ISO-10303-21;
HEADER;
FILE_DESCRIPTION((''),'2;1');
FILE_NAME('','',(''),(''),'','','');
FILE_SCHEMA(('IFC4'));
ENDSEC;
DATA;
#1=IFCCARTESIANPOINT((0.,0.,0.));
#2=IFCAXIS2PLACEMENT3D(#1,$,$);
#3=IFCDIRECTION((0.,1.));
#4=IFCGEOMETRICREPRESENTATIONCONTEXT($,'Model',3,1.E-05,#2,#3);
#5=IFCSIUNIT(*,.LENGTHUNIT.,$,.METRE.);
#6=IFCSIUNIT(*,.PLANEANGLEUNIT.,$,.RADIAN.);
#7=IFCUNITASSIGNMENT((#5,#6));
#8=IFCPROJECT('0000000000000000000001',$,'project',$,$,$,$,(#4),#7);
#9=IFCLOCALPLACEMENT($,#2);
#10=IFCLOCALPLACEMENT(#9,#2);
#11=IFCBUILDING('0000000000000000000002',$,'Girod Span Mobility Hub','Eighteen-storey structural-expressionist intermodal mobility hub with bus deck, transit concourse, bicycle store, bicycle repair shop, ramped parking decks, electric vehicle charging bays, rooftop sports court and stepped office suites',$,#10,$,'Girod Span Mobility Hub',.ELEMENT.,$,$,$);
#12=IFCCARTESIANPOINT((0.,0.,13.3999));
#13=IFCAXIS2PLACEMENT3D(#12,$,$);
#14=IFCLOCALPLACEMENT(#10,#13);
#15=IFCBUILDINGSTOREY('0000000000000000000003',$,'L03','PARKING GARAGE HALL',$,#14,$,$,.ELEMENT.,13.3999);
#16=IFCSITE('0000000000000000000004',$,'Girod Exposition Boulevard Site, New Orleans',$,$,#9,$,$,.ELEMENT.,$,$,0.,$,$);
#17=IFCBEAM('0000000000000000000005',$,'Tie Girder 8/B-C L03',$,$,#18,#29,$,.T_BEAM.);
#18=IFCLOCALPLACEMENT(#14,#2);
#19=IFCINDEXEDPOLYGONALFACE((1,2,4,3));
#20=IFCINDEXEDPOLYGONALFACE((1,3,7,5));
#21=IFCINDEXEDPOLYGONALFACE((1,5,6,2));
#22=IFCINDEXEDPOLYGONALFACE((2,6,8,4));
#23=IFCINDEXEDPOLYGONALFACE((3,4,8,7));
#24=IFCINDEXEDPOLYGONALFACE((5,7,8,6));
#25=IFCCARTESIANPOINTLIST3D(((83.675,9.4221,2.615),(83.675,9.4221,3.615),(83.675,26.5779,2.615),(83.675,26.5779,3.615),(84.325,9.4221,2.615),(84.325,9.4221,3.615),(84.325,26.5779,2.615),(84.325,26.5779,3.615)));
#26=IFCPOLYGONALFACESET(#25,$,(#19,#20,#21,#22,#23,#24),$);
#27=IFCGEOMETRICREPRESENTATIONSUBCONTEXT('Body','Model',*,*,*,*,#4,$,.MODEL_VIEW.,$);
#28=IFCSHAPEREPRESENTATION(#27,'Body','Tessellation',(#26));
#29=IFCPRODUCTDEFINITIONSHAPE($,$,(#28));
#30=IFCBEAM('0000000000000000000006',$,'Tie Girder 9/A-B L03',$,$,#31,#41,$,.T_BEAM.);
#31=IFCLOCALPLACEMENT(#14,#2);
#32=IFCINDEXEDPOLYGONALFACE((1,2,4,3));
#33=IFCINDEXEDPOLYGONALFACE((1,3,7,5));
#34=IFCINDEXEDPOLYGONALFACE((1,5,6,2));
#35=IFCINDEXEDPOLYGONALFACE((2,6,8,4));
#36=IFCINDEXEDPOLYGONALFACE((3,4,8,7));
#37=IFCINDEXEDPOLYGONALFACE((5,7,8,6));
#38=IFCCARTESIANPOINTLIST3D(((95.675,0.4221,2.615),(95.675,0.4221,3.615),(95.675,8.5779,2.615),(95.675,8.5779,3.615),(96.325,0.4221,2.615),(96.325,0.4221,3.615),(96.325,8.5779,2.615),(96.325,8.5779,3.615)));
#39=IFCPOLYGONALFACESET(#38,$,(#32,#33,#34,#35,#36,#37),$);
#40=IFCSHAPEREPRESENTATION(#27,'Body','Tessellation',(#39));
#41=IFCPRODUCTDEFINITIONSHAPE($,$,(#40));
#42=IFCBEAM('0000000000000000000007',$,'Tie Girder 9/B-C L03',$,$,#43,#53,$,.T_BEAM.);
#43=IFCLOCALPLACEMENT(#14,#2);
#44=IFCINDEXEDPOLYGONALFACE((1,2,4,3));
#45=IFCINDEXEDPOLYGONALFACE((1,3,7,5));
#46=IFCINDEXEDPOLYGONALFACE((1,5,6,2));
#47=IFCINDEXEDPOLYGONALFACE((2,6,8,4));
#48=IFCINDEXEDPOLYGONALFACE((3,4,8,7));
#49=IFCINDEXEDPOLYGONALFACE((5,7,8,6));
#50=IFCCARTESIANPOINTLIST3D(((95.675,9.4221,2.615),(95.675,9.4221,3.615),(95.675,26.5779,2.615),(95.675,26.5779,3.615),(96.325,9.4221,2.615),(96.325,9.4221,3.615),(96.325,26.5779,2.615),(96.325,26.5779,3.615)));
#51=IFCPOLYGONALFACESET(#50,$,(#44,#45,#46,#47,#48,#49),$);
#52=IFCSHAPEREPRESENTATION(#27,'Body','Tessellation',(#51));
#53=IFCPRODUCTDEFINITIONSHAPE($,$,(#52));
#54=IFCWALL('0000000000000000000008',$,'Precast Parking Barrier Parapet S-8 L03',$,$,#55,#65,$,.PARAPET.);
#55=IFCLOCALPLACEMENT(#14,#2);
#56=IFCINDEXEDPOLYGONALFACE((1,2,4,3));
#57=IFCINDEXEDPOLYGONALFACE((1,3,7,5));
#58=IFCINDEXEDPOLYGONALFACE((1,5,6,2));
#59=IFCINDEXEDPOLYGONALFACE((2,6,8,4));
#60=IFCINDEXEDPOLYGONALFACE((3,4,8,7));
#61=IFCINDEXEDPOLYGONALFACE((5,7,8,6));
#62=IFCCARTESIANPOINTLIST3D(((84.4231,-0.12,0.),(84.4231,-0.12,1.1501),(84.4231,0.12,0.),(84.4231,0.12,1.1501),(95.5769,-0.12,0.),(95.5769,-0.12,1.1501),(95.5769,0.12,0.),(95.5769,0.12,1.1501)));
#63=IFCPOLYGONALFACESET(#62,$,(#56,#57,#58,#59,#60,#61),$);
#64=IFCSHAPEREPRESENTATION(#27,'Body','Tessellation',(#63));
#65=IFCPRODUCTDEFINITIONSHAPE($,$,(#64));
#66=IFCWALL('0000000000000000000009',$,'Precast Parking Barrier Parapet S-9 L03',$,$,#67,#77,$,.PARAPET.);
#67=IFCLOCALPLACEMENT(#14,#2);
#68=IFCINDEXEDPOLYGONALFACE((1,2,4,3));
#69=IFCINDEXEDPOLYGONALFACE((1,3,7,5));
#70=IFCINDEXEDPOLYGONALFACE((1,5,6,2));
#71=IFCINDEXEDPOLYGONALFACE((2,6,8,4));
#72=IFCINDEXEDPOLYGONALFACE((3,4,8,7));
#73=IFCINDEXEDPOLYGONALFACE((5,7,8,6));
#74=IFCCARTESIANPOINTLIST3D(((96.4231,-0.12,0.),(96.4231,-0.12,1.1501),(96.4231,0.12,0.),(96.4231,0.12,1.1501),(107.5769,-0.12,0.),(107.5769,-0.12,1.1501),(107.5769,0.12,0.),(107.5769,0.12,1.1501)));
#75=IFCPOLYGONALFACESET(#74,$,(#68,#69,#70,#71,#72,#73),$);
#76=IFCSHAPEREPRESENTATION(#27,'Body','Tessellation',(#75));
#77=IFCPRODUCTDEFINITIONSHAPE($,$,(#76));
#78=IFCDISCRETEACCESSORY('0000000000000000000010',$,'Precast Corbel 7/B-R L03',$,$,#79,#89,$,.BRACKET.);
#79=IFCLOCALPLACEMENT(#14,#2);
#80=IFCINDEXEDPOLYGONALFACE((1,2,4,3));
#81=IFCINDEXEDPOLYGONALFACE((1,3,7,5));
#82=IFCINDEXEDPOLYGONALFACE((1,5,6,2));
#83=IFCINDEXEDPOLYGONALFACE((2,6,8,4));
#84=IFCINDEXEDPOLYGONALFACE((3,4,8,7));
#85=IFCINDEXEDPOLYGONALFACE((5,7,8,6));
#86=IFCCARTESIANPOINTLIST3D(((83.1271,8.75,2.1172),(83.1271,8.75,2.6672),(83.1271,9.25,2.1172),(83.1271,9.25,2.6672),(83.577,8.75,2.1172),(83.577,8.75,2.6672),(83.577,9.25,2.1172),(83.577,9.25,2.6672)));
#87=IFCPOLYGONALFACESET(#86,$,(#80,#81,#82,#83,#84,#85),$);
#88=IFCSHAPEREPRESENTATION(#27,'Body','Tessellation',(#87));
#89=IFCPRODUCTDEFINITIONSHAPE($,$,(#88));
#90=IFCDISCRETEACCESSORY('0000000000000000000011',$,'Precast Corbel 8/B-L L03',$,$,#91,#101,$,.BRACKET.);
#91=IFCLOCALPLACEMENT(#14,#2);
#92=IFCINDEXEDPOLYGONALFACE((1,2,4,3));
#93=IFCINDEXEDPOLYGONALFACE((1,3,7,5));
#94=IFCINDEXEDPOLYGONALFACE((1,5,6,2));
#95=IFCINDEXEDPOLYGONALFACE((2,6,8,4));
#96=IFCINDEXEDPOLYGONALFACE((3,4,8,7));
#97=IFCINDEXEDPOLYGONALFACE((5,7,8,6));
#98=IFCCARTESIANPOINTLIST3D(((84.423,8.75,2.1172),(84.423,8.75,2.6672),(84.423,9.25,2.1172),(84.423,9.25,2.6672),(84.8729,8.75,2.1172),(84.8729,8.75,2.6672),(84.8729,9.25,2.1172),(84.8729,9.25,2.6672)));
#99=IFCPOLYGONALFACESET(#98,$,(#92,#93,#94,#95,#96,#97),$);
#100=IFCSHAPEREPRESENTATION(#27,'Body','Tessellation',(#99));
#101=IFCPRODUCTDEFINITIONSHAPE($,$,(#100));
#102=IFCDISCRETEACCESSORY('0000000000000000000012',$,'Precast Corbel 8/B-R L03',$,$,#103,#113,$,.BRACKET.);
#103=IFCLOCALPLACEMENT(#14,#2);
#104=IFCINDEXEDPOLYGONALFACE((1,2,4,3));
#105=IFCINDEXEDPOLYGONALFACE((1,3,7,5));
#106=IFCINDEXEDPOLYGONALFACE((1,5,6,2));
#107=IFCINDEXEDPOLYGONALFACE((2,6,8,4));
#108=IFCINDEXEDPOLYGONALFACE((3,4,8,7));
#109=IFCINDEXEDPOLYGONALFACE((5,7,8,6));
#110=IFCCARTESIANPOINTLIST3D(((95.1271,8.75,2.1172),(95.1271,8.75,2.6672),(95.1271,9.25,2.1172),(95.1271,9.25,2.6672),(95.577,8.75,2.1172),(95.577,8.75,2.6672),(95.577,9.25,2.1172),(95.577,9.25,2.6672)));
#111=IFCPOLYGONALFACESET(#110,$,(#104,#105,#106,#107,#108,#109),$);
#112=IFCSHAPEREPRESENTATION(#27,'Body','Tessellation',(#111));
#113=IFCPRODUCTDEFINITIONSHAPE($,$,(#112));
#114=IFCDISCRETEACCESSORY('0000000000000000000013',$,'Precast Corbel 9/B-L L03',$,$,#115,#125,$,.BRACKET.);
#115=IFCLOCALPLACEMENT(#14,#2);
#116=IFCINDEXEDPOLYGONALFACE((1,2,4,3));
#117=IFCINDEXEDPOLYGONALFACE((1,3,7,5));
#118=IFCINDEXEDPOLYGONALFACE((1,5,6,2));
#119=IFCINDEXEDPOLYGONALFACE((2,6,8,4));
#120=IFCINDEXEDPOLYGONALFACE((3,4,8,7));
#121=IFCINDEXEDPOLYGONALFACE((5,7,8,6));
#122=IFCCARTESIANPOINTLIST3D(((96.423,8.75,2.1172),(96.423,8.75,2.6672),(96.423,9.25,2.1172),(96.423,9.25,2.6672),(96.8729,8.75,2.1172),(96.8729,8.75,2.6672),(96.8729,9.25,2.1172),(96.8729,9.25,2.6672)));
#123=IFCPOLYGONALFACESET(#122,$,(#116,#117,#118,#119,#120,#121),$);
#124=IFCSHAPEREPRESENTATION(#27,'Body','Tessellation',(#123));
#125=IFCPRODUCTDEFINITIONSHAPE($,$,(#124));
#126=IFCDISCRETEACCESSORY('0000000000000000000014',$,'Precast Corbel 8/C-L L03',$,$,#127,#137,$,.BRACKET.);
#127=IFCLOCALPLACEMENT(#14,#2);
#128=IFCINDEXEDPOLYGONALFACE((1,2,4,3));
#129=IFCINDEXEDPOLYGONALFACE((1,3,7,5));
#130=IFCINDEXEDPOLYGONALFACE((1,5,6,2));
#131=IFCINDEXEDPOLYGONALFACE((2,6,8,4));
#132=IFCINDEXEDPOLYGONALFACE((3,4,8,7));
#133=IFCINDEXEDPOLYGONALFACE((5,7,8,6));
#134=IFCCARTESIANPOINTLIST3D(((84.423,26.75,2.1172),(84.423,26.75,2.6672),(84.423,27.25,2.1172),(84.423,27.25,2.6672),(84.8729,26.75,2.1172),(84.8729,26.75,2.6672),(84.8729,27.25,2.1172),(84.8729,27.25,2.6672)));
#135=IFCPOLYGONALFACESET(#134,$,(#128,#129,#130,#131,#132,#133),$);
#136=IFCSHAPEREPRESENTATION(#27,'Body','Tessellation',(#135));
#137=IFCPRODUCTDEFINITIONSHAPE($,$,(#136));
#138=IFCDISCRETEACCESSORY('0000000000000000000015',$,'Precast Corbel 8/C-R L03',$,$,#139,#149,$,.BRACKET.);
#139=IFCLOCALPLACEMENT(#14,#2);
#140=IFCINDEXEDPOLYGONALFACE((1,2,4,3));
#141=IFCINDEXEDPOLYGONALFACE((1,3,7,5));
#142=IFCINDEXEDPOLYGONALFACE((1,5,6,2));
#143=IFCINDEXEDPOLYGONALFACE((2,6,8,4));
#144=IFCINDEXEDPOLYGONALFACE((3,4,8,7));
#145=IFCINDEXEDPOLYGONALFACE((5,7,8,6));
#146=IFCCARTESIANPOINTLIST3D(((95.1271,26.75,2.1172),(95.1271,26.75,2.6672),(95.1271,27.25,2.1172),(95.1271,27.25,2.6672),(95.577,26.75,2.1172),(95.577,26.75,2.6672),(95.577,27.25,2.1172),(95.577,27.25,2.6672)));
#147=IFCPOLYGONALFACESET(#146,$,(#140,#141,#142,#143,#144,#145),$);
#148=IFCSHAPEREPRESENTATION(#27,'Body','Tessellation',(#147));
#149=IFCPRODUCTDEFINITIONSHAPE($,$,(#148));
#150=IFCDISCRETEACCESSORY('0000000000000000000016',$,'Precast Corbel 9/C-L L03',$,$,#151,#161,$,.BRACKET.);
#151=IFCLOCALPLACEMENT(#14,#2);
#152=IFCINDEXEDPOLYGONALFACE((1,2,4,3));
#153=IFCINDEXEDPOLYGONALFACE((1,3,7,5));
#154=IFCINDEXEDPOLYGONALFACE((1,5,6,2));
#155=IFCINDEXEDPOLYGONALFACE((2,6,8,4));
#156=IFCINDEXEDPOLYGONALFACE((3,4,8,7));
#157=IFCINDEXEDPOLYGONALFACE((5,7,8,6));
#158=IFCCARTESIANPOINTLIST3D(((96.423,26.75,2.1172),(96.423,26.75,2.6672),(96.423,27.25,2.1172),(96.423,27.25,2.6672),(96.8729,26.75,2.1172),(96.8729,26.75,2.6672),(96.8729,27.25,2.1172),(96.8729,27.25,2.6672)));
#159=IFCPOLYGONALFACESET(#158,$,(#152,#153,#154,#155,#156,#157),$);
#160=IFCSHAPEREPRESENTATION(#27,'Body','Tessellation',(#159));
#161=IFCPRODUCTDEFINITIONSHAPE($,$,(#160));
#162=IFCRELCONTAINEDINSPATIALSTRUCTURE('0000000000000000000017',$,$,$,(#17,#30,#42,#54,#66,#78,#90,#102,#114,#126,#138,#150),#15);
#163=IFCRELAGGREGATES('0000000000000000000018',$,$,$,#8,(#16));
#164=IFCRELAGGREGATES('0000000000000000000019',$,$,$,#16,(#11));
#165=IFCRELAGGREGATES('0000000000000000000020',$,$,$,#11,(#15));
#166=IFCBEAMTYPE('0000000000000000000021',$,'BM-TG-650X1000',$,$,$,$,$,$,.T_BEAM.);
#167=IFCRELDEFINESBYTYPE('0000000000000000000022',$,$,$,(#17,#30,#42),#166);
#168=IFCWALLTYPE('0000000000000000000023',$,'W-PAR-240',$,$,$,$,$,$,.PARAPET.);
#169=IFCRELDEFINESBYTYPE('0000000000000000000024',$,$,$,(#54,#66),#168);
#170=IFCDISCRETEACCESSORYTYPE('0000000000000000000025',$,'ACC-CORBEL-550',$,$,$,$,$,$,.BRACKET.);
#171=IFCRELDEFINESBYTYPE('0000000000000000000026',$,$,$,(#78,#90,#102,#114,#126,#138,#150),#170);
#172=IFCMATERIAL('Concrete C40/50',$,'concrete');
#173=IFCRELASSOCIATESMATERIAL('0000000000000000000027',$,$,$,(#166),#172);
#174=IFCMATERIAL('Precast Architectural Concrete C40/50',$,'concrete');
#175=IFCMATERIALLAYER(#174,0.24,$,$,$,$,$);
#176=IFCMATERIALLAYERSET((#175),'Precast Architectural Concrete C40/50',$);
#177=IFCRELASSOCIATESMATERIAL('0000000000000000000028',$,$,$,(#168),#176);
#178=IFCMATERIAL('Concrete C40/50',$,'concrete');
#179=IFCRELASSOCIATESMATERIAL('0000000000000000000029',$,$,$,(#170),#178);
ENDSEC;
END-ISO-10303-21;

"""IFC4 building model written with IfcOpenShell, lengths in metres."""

from ifc_helpers import new_model, si_unit, direction, frame, frame_2d, origin, origin_2d, place, context, subcontext, project, spatial, rectangle, extrude, material, layer, layer_set, material_profile, profile_set, type_object, element, save


model = new_model("IFC4")

# Units and contexts
model_context = context("Model", 3, precision=1e-05, world=origin(), true_north=direction((0.0, 1.0)))
body_context = subcontext(model_context, "Body", "Model", "MODEL_VIEW")
ifc_project = project(units=[si_unit("LENGTHUNIT", "METRE"), si_unit("PLANEANGLEUNIT", "RADIAN")], contexts=[model_context])

# Site, building, storey
site_placement = place(None, origin())
site = spatial("IfcSite", under=ifc_project, at=site_placement, Name="Girod Exposition Boulevard Site, New Orleans", CompositionType="ELEMENT", RefElevation=0.0)
building_placement = place(site_placement, origin())
building = spatial("IfcBuilding", under=site, at=building_placement, Name="Girod Span Mobility Hub", Description="Eighteen-storey structural-expressionist intermodal mobility hub with bus deck, transit concourse, bicycle store, bicycle repair shop, ramped parking decks, electric vehicle charging bays, rooftop sports court and stepped office suites", LongName="Girod Span Mobility Hub", CompositionType="ELEMENT")
storey_placement = place(building_placement, frame((0.0, 0.0, 13.3999)))
storey = spatial("IfcBuildingStorey", under=building, at=storey_placement, Name="L03", Description="PARKING GARAGE HALL", CompositionType="ELEMENT", Elevation=13.3999)

# Beams
ifc_material_1 = material(Name="Concrete C40/50", Category="concrete")
ifc_material_profile_1 = material_profile(ifc_material_1, rectangle(XDim=0.6499, YDim=1.0, at=origin_2d()), Name="TG-650X1000")
ifc_profile_set_1 = profile_set([ifc_material_profile_1], Name="Concrete C40/50")
beam_type_1 = type_object("IfcBeamType", Name="BM-TG-650X1000", PredefinedType="T_BEAM", material=ifc_profile_set_1)
beam_1_placement = place(storey_placement, frame((84.0, 9.4221, 3.115), z_axis=(0.0, 1.0, 0.0), x_axis=(-1.0, 0.0, 0.0)))
element("IfcBeam", 1, at=beam_1_placement, inside=storey, type_object=beam_type_1, Name="Tie Girder 8/B-C L03", PredefinedType="T_BEAM", context=body_context, shape_type="SweptSolid", body=[
    extrude(rectangle(XDim=0.6499, YDim=1.0, at=origin_2d()), origin(), (0.0, 0.0, 1.0), 17.1558),
])
beam_2_placement = place(storey_placement, frame((96.0, 0.4221, 3.115), z_axis=(0.0, 1.0, 0.0), x_axis=(-1.0, 0.0, 0.0)))
element("IfcBeam", 2, at=beam_2_placement, inside=storey, type_object=beam_type_1, Name="Tie Girder 9/A-B L03", PredefinedType="T_BEAM", context=body_context, shape_type="SweptSolid", body=[
    extrude(rectangle(XDim=0.6499, YDim=1.0, at=origin_2d()), origin(), (0.0, 0.0, 1.0), 8.1558),
])
beam_3_placement = place(storey_placement, frame((96.0, 9.4221, 3.115), z_axis=(0.0, 1.0, 0.0), x_axis=(-1.0, 0.0, 0.0)))
element("IfcBeam", 3, at=beam_3_placement, inside=storey, type_object=beam_type_1, Name="Tie Girder 9/B-C L03", PredefinedType="T_BEAM", context=body_context, shape_type="SweptSolid", body=[
    extrude(rectangle(XDim=0.6499, YDim=1.0, at=origin_2d()), origin(), (0.0, 0.0, 1.0), 17.1558),
])

# Walls
ifc_material_2 = material(Name="Precast Architectural Concrete C40/50", Category="concrete")
ifc_layer = layer(ifc_material_2, 0.24)
ifc_layer_set = layer_set([ifc_layer], Name="Precast Architectural Concrete C40/50")
wall_type = type_object("IfcWallType", Name="W-PAR-240", PredefinedType="PARAPET", material=ifc_layer_set)
for number, where, z_axis, x_axis, name in (
    (4, (84.4231, 0.0, 0.0), (0.0, 0.0, 1.0), (1.0, 0.0, 0.0), "Precast Parking Barrier Parapet S-8 L03"),
    (5, (96.4231, 0.0, 0.0), (0.0, 0.0, 1.0), (1.0, 0.0, 0.0), "Precast Parking Barrier Parapet S-9 L03"),
):
    element("IfcWall", number, at=place(storey_placement, frame(where, z_axis=z_axis, x_axis=x_axis)), inside=storey, type_object=wall_type, Name=name, PredefinedType="PARAPET", context=body_context, shape_type="SweptSolid", body=[
        extrude(rectangle(XDim=11.1538, YDim=0.24, at=frame_2d((5.5769, 0.0))), origin(), (0.0, 0.0, 1.0), 1.1501),
    ])

# Discrete accessories
ifc_material_3 = material(Name="Concrete C40/50", Category="concrete")
discrete_accessory_type = type_object("IfcDiscreteAccessoryType", Name="ACC-CORBEL-550", PredefinedType="BRACKET", material=ifc_material_3)
for number, where, z_axis, x_axis, name in (
    (6, (83.3521, 9.0, 2.1172), (0.0, 0.0, 1.0), (1.0, 0.0, 0.0), "Precast Corbel 7/B-R L03"),
    (7, (84.6479, 9.0, 2.1172), (0.0, 0.0, 1.0), (1.0, 0.0, 0.0), "Precast Corbel 8/B-L L03"),
    (8, (95.3521, 9.0, 2.1172), (0.0, 0.0, 1.0), (1.0, 0.0, 0.0), "Precast Corbel 8/B-R L03"),
    (9, (96.6479, 9.0, 2.1172), (0.0, 0.0, 1.0), (1.0, 0.0, 0.0), "Precast Corbel 9/B-L L03"),
    (10, (84.6479, 27.0, 2.1172), (0.0, 0.0, 1.0), (1.0, 0.0, 0.0), "Precast Corbel 8/C-L L03"),
    (11, (95.3521, 27.0, 2.1172), (0.0, 0.0, 1.0), (1.0, 0.0, 0.0), "Precast Corbel 8/C-R L03"),
    (12, (96.6479, 27.0, 2.1172), (0.0, 0.0, 1.0), (1.0, 0.0, 0.0), "Precast Corbel 9/C-L L03"),
):
    element("IfcDiscreteAccessory", number, at=place(storey_placement, frame(where, z_axis=z_axis, x_axis=x_axis)), inside=storey, type_object=discrete_accessory_type, Name=name, PredefinedType="BRACKET", context=body_context, shape_type="SweptSolid", body=[
        extrude(rectangle(XDim=0.45, YDim=0.5, at=origin_2d()), origin(), (0.0, 0.0, 1.0), 0.55),
    ])

save(model, "model.ifc")
